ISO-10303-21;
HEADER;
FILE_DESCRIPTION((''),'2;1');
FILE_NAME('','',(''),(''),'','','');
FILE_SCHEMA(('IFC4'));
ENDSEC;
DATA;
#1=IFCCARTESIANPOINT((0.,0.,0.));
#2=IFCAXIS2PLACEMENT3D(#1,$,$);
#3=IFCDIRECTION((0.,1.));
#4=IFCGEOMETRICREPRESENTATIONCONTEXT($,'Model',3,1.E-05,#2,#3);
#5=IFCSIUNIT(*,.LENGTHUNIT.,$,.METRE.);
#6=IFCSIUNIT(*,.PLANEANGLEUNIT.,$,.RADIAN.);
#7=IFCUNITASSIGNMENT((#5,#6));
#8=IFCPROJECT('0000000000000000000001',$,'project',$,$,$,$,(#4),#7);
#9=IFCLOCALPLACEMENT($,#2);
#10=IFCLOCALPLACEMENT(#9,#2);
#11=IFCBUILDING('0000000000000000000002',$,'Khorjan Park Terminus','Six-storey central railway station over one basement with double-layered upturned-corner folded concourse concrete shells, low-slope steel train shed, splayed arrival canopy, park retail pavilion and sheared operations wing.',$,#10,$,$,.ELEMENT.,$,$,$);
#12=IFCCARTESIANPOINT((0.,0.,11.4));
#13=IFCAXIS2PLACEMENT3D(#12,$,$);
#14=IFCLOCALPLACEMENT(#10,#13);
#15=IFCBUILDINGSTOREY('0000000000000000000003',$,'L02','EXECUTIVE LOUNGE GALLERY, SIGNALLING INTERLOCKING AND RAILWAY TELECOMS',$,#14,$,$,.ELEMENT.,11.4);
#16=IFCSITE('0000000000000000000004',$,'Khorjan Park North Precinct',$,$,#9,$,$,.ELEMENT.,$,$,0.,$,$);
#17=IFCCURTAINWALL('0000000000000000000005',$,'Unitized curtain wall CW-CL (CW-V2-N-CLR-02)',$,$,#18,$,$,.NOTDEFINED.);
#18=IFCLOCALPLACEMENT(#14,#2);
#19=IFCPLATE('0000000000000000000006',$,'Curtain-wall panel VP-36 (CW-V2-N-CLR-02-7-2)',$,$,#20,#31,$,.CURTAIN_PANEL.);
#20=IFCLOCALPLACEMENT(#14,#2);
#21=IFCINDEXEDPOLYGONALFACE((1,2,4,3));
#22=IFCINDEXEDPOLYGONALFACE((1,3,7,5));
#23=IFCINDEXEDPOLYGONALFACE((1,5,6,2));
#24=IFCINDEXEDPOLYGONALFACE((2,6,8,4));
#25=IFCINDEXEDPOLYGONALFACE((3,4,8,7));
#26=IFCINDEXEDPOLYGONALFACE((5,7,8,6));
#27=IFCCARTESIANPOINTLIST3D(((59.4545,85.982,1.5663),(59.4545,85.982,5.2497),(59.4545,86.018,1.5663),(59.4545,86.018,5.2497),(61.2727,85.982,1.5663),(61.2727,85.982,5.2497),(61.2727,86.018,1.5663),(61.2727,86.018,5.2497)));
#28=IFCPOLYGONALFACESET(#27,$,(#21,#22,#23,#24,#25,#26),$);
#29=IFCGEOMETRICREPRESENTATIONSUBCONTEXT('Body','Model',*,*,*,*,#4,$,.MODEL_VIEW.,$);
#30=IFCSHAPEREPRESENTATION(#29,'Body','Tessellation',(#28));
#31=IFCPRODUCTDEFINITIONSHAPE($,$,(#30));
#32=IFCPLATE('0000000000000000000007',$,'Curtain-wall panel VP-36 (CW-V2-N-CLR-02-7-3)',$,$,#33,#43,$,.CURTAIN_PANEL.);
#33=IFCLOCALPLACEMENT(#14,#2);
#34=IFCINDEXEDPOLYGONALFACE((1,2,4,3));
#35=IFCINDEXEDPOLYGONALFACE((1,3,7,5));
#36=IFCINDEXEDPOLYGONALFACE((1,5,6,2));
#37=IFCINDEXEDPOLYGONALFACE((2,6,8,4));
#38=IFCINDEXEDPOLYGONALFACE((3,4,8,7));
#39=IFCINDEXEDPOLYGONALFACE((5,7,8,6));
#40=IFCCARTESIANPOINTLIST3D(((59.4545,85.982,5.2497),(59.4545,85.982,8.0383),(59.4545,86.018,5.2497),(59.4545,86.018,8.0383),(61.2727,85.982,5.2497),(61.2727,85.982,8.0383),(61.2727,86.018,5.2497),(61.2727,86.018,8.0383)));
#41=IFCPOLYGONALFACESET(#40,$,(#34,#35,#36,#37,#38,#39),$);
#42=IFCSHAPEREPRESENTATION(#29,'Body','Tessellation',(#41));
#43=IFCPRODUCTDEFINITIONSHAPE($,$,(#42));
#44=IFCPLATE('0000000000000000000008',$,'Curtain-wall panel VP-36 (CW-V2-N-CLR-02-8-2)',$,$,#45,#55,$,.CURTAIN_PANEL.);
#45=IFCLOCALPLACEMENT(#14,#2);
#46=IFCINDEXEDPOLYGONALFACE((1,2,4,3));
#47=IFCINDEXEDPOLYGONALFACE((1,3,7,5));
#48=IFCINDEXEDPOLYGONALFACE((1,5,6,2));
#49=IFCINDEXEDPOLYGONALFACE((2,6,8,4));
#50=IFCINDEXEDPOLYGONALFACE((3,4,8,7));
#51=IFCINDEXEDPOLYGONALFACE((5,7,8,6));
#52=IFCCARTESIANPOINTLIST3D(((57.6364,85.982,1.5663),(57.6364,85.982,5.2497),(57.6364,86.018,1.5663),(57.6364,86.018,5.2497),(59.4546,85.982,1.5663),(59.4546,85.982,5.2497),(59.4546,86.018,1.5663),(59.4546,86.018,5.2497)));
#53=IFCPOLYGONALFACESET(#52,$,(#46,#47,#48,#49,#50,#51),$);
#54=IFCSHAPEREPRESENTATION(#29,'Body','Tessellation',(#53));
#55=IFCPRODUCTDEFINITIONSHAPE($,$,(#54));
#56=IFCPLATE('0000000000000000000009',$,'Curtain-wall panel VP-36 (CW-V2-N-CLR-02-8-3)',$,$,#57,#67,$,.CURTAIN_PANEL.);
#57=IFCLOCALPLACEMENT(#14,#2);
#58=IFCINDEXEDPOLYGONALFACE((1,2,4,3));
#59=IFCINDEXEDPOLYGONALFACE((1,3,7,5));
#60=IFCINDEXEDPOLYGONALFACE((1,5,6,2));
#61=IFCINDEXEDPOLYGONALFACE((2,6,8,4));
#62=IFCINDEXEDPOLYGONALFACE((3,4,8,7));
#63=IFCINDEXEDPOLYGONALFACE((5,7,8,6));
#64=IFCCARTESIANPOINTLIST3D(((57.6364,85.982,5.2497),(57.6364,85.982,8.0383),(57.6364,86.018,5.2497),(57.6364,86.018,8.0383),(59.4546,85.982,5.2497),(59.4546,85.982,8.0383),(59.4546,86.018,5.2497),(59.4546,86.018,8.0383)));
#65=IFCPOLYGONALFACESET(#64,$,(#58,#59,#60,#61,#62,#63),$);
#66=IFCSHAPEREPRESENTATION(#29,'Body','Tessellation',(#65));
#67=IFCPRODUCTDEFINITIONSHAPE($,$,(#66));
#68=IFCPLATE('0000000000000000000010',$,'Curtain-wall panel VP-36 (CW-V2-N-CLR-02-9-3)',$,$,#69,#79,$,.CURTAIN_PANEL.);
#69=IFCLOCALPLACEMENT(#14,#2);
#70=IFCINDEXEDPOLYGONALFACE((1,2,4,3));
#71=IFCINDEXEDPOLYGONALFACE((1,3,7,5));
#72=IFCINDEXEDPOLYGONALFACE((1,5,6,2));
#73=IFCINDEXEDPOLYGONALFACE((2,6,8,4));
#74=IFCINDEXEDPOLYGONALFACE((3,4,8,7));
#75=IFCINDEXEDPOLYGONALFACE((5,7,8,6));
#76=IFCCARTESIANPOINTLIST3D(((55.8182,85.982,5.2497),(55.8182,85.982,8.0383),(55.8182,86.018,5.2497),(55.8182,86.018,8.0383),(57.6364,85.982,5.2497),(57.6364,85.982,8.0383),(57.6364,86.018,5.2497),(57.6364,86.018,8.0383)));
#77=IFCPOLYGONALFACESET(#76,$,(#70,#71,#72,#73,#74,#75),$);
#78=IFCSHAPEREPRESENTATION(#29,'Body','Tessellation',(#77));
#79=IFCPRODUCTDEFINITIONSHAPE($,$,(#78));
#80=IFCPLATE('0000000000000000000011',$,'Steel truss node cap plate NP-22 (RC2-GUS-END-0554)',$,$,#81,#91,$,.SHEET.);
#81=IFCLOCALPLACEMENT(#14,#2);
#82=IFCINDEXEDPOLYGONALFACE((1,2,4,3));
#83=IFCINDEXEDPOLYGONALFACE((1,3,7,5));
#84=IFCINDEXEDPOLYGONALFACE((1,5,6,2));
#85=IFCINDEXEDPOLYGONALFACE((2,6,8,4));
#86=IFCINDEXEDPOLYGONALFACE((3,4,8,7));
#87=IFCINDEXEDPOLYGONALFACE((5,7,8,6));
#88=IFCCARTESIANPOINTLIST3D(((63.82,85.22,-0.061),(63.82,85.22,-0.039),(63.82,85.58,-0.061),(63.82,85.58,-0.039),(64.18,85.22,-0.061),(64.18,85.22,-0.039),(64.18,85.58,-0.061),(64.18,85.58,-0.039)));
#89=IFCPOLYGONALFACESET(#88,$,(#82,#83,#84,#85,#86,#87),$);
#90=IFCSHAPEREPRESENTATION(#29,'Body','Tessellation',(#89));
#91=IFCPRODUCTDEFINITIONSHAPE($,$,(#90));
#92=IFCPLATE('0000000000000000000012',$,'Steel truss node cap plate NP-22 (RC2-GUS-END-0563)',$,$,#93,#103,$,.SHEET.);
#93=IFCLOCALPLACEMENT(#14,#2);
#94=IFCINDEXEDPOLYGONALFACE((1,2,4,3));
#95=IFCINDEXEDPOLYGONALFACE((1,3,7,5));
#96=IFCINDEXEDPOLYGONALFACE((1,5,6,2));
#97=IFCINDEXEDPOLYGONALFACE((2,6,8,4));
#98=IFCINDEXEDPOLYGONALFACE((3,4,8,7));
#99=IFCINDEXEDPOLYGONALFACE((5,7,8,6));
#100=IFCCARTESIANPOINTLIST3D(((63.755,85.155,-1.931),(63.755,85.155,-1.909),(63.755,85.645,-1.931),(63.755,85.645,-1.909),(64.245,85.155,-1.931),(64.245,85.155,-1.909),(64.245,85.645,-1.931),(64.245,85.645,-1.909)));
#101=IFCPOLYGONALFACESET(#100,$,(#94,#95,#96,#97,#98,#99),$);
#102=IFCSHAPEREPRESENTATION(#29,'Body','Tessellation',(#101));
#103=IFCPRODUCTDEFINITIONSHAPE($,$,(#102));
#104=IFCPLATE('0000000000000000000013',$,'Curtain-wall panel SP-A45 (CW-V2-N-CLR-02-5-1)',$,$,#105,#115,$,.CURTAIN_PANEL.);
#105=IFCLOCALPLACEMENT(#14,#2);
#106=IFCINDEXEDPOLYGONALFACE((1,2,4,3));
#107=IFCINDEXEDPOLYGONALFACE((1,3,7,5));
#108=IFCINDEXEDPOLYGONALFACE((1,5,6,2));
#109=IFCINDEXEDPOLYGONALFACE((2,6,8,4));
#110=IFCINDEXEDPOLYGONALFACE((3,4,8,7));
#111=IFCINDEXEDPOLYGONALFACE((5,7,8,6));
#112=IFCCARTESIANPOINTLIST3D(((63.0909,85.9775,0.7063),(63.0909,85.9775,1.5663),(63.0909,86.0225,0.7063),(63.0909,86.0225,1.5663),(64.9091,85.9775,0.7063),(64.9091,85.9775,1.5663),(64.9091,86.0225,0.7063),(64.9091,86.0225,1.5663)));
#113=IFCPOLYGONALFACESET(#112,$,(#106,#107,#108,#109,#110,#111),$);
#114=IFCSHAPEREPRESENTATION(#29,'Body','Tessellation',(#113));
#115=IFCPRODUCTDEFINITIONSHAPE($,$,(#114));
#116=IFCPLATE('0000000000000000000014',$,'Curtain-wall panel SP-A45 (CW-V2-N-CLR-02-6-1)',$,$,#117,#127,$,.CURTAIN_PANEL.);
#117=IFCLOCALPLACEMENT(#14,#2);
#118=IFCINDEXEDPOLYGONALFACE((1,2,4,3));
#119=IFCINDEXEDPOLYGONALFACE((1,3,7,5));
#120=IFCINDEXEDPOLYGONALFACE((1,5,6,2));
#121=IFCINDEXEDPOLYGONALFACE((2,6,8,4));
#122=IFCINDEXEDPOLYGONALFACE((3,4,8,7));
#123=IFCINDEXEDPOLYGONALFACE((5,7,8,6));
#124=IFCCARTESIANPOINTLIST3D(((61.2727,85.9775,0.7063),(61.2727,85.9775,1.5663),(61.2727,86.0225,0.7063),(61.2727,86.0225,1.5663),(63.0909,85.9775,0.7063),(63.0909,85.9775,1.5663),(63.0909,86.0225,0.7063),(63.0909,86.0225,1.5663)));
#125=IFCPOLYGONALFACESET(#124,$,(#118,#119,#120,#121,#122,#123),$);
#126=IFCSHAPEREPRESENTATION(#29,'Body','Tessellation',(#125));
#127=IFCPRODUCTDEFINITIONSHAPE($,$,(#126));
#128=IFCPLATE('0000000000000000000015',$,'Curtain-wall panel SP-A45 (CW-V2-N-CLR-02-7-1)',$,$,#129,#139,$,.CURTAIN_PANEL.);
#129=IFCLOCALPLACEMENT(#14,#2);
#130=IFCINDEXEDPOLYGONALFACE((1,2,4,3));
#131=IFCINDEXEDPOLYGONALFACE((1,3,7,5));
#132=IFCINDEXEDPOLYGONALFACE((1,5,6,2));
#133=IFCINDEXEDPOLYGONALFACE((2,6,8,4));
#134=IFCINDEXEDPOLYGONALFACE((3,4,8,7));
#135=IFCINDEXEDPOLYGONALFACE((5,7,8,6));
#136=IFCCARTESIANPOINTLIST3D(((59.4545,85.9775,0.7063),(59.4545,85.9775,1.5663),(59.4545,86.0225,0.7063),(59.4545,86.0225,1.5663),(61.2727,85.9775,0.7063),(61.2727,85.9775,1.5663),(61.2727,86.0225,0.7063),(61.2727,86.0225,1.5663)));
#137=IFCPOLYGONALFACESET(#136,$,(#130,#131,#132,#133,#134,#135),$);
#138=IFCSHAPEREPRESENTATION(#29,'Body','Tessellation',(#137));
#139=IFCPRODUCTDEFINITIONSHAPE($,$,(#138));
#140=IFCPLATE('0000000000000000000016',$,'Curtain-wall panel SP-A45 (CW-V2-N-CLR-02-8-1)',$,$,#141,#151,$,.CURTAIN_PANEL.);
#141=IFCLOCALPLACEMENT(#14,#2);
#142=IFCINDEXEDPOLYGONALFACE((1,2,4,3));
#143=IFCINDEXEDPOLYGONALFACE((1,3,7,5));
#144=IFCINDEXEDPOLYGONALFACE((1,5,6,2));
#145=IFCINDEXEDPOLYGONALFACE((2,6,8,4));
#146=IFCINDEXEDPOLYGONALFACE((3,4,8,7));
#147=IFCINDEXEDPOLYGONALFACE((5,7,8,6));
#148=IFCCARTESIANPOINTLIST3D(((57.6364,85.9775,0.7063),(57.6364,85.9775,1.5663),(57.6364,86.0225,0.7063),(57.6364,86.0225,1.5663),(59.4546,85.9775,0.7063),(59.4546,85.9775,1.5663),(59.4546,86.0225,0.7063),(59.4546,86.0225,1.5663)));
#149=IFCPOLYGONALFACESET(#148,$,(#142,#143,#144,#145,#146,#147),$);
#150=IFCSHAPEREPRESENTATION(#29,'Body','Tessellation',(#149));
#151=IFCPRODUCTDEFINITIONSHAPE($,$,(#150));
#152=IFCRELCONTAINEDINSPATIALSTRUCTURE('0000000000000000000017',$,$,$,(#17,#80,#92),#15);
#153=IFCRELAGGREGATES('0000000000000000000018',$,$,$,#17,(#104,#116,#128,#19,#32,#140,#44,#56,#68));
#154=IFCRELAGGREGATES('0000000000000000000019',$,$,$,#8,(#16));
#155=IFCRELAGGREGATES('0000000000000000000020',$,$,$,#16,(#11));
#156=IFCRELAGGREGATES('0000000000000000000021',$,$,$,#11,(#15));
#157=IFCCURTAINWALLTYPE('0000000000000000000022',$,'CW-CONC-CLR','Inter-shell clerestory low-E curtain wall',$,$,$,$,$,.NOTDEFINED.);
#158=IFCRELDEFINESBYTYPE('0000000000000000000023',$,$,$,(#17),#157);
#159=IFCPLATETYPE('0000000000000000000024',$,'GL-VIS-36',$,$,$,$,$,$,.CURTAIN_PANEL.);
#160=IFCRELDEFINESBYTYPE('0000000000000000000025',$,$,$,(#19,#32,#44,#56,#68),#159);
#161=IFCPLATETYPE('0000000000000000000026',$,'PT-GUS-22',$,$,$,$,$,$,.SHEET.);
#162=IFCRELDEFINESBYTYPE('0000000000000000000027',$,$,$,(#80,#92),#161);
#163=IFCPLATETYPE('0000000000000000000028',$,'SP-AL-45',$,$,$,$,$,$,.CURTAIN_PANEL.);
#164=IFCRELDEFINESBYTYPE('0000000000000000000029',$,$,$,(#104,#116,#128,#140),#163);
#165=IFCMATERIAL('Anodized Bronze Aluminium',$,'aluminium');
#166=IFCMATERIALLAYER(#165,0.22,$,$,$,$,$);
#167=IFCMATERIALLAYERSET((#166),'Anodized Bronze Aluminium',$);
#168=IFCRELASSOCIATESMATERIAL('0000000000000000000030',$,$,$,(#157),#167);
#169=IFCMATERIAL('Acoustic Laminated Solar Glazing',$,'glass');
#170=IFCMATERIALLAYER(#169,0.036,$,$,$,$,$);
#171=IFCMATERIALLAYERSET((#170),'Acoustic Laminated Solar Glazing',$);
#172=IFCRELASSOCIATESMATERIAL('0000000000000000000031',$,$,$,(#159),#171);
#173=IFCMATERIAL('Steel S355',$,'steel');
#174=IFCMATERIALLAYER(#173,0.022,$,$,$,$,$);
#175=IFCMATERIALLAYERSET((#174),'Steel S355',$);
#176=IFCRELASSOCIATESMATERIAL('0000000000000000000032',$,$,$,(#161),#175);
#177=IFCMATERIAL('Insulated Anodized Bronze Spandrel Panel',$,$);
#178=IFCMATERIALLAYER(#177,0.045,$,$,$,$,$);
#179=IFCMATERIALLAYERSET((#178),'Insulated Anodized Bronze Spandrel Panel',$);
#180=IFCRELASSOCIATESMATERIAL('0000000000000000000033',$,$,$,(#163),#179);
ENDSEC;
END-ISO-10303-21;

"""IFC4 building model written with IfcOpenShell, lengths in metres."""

from ifc_helpers import new_model, si_unit, direction, frame, origin, origin_2d, place, context, subcontext, project, spatial, rectangle, extrude, material, layer, layer_set, type_object, element, aggregate, save


model = new_model("IFC4")

# Units and contexts
model_context = context("Model", 3, precision=1e-05, world=origin(), true_north=direction((0.0, 1.0)))
body_context = subcontext(model_context, "Body", "Model", "MODEL_VIEW")
ifc_project = project(units=[si_unit("LENGTHUNIT", "METRE"), si_unit("PLANEANGLEUNIT", "RADIAN")], contexts=[model_context])

# Site, building, storey
site_placement = place(None, origin())
site = spatial("IfcSite", under=ifc_project, at=site_placement, Name="Khorjan Park North Precinct", CompositionType="ELEMENT", RefElevation=0.0)
building_placement = place(site_placement, origin())
building = spatial("IfcBuilding", under=site, at=building_placement, Name="Khorjan Park Terminus", Description="Six-storey central railway station over one basement with double-layered upturned-corner folded concourse concrete shells, low-slope steel train shed, splayed arrival canopy, park retail pavilion and sheared operations wing.", CompositionType="ELEMENT")
storey_placement = place(building_placement, frame((0.0, 0.0, 11.4)))
storey = spatial("IfcBuildingStorey", under=building, at=storey_placement, Name="L02", Description="EXECUTIVE LOUNGE GALLERY, SIGNALLING INTERLOCKING AND RAILWAY TELECOMS", CompositionType="ELEMENT", Elevation=11.4)

# Shared definitions
ifc_material_1 = material(Name="Steel S355", Category="steel")

# Curtain wall, plates
ifc_material_2 = material(Name="Anodized Bronze Aluminium", Category="aluminium")
ifc_layer_1 = layer(ifc_material_2, 0.22)
ifc_layer_set_1 = layer_set([ifc_layer_1], Name="Anodized Bronze Aluminium")
curtain_wall_type = type_object("IfcCurtainWallType", Name="CW-CONC-CLR", Description="Inter-shell clerestory low-E curtain wall", PredefinedType="NOTDEFINED", material=ifc_layer_set_1)
curtain_wall_placement = place(storey_placement, origin())
curtain_wall = element("IfcCurtainWall", 1, at=curtain_wall_placement, inside=storey, type_object=curtain_wall_type, Name="Unitized curtain wall CW-CL (CW-V2-N-CLR-02)", PredefinedType="NOTDEFINED")
ifc_material_3 = material(Name="Acoustic Laminated Solar Glazing", Category="glass")
ifc_layer_2 = layer(ifc_material_3, 0.036)
ifc_layer_set_2 = layer_set([ifc_layer_2], Name="Acoustic Laminated Solar Glazing")
plate_type_1 = type_object("IfcPlateType", Name="GL-VIS-36", PredefinedType="CURTAIN_PANEL", material=ifc_layer_set_2)
plate_1_placement = place(storey_placement, frame((60.3636, 86.0, 1.5663), z_axis=(0.0, 0.0, 1.0), x_axis=(-1.0, 0.0, 0.0)))
plate_1 = element("IfcPlate", 2, at=plate_1_placement, type_object=plate_type_1, Name="Curtain-wall panel VP-36 (CW-V2-N-CLR-02-7-2)", PredefinedType="CURTAIN_PANEL", context=body_context, shape_type="SweptSolid", body=[
    extrude(rectangle(XDim=1.8182, YDim=0.036, at=origin_2d()), origin(), (0.0, 0.0, 1.0), 3.6834),
])
plate_2_placement = place(storey_placement, frame((60.3636, 86.0, 5.2497), z_axis=(0.0, 0.0, 1.0), x_axis=(-1.0, 0.0, 0.0)))
plate_2 = element("IfcPlate", 3, at=plate_2_placement, type_object=plate_type_1, Name="Curtain-wall panel VP-36 (CW-V2-N-CLR-02-7-3)", PredefinedType="CURTAIN_PANEL", context=body_context, shape_type="SweptSolid", body=[
    extrude(rectangle(XDim=1.8182, YDim=0.036, at=origin_2d()), origin(), (0.0, 0.0, 1.0), 2.7886),
])
plate_3_placement = place(storey_placement, frame((58.5455, 86.0, 1.5663), z_axis=(0.0, 0.0, 1.0), x_axis=(-1.0, 0.0, 0.0)))
plate_3 = element("IfcPlate", 4, at=plate_3_placement, type_object=plate_type_1, Name="Curtain-wall panel VP-36 (CW-V2-N-CLR-02-8-2)", PredefinedType="CURTAIN_PANEL", context=body_context, shape_type="SweptSolid", body=[
    extrude(rectangle(XDim=1.8182, YDim=0.036, at=origin_2d()), origin(), (0.0, 0.0, 1.0), 3.6834),
])
plate_4_placement = place(storey_placement, frame((58.5455, 86.0, 5.2497), z_axis=(0.0, 0.0, 1.0), x_axis=(-1.0, 0.0, 0.0)))
plate_4 = element("IfcPlate", 5, at=plate_4_placement, type_object=plate_type_1, Name="Curtain-wall panel VP-36 (CW-V2-N-CLR-02-8-3)", PredefinedType="CURTAIN_PANEL", context=body_context, shape_type="SweptSolid", body=[
    extrude(rectangle(XDim=1.8182, YDim=0.036, at=origin_2d()), origin(), (0.0, 0.0, 1.0), 2.7886),
])
plate_5_placement = place(storey_placement, frame((56.7273, 86.0, 5.2497), z_axis=(0.0, 0.0, 1.0), x_axis=(-1.0, 0.0, 0.0)))
plate_5 = element("IfcPlate", 6, at=plate_5_placement, type_object=plate_type_1, Name="Curtain-wall panel VP-36 (CW-V2-N-CLR-02-9-3)", PredefinedType="CURTAIN_PANEL", context=body_context, shape_type="SweptSolid", body=[
    extrude(rectangle(XDim=1.8182, YDim=0.036, at=origin_2d()), origin(), (0.0, 0.0, 1.0), 2.7886),
])

# Plates
ifc_layer_3 = layer(ifc_material_1, 0.022)
ifc_layer_set_3 = layer_set([ifc_layer_3], Name="Steel S355")
plate_type_2 = type_object("IfcPlateType", Name="PT-GUS-22", PredefinedType="SHEET", material=ifc_layer_set_3)
plate_6_placement = place(storey_placement, frame((64.0, 85.4, -0.061), z_axis=(0.0, 0.0, 1.0), x_axis=(1.0, 0.0, 0.0)))
element("IfcPlate", 7, at=plate_6_placement, inside=storey, type_object=plate_type_2, Name="Steel truss node cap plate NP-22 (RC2-GUS-END-0554)", PredefinedType="SHEET", context=body_context, shape_type="SweptSolid", body=[
    extrude(rectangle(XDim=0.36, YDim=0.36, at=origin_2d()), origin(), (0.0, 0.0, 1.0), 0.022),
])
plate_7_placement = place(storey_placement, frame((64.0, 85.4, -1.931), z_axis=(0.0, 0.0, 1.0), x_axis=(1.0, 0.0, 0.0)))
element("IfcPlate", 8, at=plate_7_placement, inside=storey, type_object=plate_type_2, Name="Steel truss node cap plate NP-22 (RC2-GUS-END-0563)", PredefinedType="SHEET", context=body_context, shape_type="SweptSolid", body=[
    extrude(rectangle(XDim=0.49, YDim=0.49, at=origin_2d()), origin(), (0.0, 0.0, 1.0), 0.022),
])

# Plates
ifc_material_4 = material(Name="Insulated Anodized Bronze Spandrel Panel")
ifc_layer_4 = layer(ifc_material_4, 0.045)
ifc_layer_set_4 = layer_set([ifc_layer_4], Name="Insulated Anodized Bronze Spandrel Panel")
plate_type_3 = type_object("IfcPlateType", Name="SP-AL-45", PredefinedType="CURTAIN_PANEL", material=ifc_layer_set_4)
plate_8_placement = place(storey_placement, frame((64.0, 86.0, 0.7063), z_axis=(0.0, 0.0, 1.0), x_axis=(-1.0, 0.0, 0.0)))
plate_8 = element("IfcPlate", 9, at=plate_8_placement, type_object=plate_type_3, Name="Curtain-wall panel SP-A45 (CW-V2-N-CLR-02-5-1)", PredefinedType="CURTAIN_PANEL", context=body_context, shape_type="SweptSolid", body=[
    extrude(rectangle(XDim=1.8182, YDim=0.045, at=origin_2d()), origin(), (0.0, 0.0, 1.0), 0.86),
])
plate_9_placement = place(storey_placement, frame((62.1818, 86.0, 0.7063), z_axis=(0.0, 0.0, 1.0), x_axis=(-1.0, 0.0, 0.0)))
plate_9 = element("IfcPlate", 10, at=plate_9_placement, type_object=plate_type_3, Name="Curtain-wall panel SP-A45 (CW-V2-N-CLR-02-6-1)", PredefinedType="CURTAIN_PANEL", context=body_context, shape_type="SweptSolid", body=[
    extrude(rectangle(XDim=1.8182, YDim=0.045, at=origin_2d()), origin(), (0.0, 0.0, 1.0), 0.86),
])
plate_10_placement = place(storey_placement, frame((60.3636, 86.0, 0.7063), z_axis=(0.0, 0.0, 1.0), x_axis=(-1.0, 0.0, 0.0)))
plate_10 = element("IfcPlate", 11, at=plate_10_placement, type_object=plate_type_3, Name="Curtain-wall panel SP-A45 (CW-V2-N-CLR-02-7-1)", PredefinedType="CURTAIN_PANEL", context=body_context, shape_type="SweptSolid", body=[
    extrude(rectangle(XDim=1.8182, YDim=0.045, at=origin_2d()), origin(), (0.0, 0.0, 1.0), 0.86),
])
plate_11_placement = place(storey_placement, frame((58.5455, 86.0, 0.7063), z_axis=(0.0, 0.0, 1.0), x_axis=(-1.0, 0.0, 0.0)))
plate_11 = element("IfcPlate", 12, at=plate_11_placement, type_object=plate_type_3, Name="Curtain-wall panel SP-A45 (CW-V2-N-CLR-02-8-1)", PredefinedType="CURTAIN_PANEL", context=body_context, shape_type="SweptSolid", body=[
    extrude(rectangle(XDim=1.8182, YDim=0.045, at=origin_2d()), origin(), (0.0, 0.0, 1.0), 0.86),
])
aggregate(curtain_wall, [plate_8, plate_9, plate_10, plate_1, plate_2, plate_11, plate_3, plate_4, plate_5])

save(model, "model.ifc")
